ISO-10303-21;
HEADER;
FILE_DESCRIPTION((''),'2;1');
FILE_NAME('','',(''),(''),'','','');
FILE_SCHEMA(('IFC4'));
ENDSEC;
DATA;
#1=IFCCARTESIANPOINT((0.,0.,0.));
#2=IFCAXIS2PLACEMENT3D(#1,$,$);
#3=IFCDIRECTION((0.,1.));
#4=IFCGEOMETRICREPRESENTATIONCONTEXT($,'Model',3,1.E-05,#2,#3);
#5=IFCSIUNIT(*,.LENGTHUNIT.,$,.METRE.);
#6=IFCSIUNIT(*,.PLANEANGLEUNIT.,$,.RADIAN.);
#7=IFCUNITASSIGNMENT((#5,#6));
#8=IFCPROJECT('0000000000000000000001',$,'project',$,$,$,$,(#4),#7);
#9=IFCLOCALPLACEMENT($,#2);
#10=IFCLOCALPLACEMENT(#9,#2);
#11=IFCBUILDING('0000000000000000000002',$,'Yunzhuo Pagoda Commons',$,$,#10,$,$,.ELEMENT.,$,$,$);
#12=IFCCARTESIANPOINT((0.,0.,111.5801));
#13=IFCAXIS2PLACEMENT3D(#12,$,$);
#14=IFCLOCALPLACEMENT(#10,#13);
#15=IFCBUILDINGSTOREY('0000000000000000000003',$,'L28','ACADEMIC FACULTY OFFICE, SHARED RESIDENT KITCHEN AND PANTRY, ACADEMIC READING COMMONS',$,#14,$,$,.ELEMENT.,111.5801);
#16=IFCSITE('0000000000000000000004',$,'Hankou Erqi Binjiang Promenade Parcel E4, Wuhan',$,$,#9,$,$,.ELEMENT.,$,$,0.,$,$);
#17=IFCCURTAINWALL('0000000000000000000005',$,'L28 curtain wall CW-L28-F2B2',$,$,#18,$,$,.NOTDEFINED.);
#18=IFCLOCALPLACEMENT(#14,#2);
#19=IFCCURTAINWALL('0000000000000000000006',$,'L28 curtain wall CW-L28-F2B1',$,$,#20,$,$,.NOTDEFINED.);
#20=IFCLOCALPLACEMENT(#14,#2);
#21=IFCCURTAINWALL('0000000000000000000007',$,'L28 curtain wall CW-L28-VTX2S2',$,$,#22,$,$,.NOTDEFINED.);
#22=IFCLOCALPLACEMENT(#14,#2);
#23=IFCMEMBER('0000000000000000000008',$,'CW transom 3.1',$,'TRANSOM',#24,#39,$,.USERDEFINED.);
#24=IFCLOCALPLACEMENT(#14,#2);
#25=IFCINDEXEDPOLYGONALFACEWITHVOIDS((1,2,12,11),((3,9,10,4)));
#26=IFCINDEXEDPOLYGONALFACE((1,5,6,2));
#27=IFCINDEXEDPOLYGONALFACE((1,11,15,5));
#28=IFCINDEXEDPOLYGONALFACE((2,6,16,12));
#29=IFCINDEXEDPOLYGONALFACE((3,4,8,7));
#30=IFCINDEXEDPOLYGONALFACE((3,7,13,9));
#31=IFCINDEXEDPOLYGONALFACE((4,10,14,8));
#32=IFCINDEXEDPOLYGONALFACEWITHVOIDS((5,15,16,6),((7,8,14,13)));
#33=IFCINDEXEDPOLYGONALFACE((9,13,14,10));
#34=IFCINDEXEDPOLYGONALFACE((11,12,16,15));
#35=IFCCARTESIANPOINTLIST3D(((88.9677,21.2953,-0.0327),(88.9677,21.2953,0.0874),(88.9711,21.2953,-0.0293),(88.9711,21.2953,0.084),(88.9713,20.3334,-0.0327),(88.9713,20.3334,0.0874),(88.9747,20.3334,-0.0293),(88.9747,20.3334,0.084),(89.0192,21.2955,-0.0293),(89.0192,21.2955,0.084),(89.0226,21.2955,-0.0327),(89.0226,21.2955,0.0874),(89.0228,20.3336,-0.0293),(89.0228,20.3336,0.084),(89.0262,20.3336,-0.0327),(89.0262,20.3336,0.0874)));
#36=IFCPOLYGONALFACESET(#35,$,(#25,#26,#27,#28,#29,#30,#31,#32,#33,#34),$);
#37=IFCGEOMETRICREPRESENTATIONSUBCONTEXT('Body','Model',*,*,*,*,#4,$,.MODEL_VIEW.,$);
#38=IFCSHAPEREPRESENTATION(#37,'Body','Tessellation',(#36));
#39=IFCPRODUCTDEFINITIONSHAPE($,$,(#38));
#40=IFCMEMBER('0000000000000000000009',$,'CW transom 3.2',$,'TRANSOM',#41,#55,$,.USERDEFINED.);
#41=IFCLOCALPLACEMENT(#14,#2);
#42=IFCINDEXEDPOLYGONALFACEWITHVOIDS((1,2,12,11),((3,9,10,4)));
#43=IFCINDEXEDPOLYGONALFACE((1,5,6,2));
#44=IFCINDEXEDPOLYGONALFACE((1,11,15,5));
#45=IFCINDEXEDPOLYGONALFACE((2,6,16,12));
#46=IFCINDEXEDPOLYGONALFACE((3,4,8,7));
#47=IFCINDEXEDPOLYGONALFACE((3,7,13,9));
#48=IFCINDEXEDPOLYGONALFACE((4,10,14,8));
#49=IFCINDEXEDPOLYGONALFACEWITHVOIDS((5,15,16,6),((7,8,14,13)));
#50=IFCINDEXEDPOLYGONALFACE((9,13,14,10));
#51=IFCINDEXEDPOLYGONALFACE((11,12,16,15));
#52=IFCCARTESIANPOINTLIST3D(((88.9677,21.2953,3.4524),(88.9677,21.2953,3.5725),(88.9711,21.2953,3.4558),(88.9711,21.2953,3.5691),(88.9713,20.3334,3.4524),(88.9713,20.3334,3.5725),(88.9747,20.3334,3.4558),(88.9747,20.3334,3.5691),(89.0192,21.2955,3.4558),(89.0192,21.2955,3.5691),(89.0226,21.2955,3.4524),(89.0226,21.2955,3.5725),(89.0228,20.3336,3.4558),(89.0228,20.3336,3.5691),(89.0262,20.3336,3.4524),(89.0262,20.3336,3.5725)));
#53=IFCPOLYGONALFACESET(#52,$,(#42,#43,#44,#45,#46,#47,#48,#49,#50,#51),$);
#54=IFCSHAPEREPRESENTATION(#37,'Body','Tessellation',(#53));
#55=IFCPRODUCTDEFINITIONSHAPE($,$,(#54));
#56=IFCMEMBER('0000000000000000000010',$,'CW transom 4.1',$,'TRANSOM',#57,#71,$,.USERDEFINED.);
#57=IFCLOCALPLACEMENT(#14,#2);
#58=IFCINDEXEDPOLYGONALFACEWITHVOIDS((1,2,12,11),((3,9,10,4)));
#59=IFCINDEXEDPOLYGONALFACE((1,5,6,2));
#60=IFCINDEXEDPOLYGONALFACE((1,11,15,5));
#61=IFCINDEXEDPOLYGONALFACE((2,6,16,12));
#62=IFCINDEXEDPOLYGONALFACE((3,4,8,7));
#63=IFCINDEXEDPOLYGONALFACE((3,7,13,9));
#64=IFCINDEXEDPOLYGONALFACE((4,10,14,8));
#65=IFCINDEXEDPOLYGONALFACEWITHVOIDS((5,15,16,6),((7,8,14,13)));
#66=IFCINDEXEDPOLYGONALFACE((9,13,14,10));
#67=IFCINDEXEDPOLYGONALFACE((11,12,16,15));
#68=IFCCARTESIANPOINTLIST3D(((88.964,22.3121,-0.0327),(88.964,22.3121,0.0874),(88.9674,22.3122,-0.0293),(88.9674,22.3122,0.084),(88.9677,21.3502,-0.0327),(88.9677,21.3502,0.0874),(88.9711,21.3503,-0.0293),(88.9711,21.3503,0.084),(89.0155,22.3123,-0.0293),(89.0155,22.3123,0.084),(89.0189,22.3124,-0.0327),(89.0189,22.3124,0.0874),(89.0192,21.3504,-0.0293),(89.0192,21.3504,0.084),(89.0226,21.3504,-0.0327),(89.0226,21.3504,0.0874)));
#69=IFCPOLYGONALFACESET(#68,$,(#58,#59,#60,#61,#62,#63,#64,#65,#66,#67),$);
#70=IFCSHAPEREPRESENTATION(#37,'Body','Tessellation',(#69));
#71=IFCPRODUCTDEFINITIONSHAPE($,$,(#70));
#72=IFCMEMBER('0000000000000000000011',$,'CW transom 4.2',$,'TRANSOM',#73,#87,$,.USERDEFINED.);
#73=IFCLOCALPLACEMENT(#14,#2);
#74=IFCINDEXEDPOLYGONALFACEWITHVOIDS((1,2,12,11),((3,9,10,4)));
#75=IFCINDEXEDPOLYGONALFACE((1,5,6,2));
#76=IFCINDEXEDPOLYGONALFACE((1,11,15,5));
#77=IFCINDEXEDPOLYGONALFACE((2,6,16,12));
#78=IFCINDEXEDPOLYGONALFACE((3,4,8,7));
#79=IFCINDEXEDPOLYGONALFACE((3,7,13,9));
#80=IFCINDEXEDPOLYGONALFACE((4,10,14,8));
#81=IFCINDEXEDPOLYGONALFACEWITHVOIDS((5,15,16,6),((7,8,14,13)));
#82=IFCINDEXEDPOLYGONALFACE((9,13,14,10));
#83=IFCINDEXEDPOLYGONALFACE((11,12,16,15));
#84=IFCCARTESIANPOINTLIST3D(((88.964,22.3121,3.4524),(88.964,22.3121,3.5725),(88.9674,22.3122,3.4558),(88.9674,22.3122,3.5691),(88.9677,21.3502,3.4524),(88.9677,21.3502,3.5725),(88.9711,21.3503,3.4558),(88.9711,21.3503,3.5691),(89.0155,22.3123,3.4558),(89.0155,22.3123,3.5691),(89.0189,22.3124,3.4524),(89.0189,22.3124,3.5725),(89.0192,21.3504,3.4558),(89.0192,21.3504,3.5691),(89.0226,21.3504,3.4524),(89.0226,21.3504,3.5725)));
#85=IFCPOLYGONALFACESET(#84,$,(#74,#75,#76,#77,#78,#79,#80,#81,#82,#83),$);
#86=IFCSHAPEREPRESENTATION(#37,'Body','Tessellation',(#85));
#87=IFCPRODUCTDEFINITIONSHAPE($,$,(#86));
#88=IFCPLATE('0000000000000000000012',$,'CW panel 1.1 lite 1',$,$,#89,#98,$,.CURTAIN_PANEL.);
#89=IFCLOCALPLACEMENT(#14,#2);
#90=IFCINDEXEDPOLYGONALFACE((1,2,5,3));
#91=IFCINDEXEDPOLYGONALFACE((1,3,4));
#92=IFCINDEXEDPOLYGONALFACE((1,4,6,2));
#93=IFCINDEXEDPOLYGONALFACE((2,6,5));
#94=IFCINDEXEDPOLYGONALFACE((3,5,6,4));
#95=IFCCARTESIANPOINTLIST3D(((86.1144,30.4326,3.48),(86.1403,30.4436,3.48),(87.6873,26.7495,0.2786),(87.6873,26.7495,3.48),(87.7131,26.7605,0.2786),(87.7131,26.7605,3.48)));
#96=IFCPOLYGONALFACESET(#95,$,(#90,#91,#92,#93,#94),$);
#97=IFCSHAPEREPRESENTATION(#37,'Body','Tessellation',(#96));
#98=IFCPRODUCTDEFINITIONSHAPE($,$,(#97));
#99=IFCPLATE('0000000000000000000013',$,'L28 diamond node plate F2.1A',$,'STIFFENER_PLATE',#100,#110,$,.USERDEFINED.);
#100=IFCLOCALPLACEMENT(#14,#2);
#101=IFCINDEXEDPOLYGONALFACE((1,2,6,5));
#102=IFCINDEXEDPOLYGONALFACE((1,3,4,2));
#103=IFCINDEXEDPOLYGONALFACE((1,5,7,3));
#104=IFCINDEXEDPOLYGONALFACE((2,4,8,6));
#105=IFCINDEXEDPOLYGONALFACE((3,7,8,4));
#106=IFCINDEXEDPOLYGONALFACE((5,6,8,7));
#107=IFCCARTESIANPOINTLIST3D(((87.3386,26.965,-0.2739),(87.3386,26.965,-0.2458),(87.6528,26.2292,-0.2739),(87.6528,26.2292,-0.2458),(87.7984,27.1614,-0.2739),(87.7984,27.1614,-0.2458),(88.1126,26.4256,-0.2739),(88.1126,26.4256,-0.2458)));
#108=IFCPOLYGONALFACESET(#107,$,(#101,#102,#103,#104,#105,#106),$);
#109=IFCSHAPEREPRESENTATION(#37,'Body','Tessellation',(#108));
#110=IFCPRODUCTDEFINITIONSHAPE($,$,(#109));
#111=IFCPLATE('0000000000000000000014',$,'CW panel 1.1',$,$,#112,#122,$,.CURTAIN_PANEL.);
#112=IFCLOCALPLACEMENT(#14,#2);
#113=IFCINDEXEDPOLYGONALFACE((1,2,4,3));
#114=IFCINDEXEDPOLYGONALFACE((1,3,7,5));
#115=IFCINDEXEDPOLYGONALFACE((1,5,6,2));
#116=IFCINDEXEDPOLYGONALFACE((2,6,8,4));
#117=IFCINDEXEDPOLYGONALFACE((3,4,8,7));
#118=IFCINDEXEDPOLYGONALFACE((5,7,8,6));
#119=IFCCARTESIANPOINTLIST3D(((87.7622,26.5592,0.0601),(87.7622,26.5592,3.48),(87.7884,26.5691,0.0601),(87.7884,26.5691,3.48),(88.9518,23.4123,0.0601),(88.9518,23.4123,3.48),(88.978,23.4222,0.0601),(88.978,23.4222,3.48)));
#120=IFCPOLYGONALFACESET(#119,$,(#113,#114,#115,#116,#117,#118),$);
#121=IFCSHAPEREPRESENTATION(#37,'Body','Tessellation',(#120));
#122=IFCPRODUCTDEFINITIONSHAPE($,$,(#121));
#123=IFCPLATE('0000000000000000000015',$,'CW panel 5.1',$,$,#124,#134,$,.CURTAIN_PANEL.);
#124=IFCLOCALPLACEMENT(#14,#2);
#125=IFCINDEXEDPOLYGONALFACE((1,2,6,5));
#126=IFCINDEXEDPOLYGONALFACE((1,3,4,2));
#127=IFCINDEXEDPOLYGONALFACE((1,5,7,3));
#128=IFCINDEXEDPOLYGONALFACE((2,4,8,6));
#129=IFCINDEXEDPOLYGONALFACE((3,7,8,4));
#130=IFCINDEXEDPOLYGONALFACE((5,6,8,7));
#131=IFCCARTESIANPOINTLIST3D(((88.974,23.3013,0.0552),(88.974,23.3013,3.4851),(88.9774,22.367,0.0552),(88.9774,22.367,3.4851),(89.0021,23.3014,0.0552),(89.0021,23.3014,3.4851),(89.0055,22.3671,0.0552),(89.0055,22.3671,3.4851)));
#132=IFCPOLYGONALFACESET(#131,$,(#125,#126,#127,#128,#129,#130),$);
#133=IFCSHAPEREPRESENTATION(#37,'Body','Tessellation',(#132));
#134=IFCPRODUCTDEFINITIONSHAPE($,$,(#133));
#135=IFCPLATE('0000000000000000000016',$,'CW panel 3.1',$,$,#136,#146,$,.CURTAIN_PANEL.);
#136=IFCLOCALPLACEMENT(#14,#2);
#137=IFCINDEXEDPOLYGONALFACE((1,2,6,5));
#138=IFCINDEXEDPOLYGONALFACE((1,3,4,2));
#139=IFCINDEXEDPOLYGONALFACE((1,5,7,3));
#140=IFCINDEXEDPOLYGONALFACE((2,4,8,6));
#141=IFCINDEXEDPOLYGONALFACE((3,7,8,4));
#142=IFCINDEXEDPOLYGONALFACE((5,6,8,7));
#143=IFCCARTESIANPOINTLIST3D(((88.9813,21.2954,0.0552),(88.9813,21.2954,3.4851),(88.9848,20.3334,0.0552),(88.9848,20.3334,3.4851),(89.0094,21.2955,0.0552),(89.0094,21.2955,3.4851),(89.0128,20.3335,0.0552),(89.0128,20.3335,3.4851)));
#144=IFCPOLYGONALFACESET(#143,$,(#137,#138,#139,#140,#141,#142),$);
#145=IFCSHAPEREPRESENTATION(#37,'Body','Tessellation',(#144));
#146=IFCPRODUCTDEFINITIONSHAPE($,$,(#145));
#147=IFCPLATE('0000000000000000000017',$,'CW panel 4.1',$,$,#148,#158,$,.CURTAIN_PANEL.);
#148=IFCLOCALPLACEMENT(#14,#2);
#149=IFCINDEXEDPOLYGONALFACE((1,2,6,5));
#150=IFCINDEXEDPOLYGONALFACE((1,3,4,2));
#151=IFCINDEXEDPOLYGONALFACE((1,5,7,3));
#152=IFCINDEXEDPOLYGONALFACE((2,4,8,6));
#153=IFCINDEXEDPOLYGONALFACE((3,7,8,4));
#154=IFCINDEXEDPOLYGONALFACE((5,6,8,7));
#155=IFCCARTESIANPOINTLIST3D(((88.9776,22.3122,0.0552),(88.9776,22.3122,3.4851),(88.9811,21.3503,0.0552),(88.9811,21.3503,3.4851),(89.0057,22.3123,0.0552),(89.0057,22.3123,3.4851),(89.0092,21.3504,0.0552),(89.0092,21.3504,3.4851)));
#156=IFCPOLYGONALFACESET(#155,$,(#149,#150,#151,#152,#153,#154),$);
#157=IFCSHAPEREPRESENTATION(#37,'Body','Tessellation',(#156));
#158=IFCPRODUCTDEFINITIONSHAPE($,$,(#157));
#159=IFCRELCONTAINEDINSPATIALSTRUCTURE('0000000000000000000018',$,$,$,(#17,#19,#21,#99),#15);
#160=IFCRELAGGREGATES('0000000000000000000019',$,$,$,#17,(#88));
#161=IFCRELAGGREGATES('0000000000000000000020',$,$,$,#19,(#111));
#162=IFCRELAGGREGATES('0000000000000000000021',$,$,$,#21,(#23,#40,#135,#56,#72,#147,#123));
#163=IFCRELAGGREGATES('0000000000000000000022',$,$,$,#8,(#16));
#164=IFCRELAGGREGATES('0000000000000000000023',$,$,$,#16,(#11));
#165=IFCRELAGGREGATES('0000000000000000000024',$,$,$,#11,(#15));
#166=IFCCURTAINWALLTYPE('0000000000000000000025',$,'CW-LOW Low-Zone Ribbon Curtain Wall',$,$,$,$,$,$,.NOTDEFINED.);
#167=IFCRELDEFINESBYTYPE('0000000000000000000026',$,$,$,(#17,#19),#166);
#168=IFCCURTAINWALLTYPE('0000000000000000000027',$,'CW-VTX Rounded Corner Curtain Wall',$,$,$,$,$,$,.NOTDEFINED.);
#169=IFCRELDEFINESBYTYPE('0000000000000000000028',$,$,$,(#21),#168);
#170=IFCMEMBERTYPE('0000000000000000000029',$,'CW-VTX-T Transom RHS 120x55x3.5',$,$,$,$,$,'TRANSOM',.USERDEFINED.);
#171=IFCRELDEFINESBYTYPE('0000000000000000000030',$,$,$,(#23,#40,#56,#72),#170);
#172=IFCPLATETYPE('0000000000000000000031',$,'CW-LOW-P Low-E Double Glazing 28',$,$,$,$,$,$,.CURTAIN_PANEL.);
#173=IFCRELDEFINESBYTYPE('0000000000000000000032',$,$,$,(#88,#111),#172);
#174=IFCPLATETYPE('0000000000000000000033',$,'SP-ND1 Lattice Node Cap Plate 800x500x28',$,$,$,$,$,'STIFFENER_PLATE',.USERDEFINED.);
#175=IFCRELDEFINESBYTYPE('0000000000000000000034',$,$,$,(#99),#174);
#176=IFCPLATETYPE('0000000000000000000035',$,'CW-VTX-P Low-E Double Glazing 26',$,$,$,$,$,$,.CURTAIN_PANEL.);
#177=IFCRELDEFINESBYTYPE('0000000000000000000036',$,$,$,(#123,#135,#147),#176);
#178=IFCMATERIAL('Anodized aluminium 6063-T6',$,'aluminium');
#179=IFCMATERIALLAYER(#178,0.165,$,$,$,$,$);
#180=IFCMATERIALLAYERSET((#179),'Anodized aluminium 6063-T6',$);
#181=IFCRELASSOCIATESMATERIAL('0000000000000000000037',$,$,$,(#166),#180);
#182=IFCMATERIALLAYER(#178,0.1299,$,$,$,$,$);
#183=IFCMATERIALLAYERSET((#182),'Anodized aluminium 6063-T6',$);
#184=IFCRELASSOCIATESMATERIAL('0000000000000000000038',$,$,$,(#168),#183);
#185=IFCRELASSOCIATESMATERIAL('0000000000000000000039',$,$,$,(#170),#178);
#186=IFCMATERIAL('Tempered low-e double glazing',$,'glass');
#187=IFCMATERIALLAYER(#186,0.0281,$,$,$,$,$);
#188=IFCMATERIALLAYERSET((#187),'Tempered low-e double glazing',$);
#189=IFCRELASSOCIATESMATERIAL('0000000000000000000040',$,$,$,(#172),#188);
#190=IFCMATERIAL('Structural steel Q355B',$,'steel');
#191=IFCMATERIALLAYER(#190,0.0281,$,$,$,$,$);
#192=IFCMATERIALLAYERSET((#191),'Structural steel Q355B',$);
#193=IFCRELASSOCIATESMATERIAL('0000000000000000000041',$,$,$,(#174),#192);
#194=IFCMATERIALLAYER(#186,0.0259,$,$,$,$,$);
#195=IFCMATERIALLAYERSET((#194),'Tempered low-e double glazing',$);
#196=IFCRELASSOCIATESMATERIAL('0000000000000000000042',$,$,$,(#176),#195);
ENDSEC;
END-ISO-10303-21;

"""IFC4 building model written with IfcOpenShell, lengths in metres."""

from ifc_helpers import new_model, si_unit, direction, frame, origin, origin_2d, place, context, subcontext, project, spatial, polyline, rectangle, hollow_rectangle, outline, extrude, source, transform, mapped, material, layer, layer_set, material_profile, profile_set, type_object, element, aggregate, save


model = new_model("IFC4")

# Units and contexts
model_context = context("Model", 3, precision=1e-05, world=origin(), true_north=direction((0.0, 1.0)))
body_context = subcontext(model_context, "Body", "Model", "MODEL_VIEW")
ifc_project = project(units=[si_unit("LENGTHUNIT", "METRE"), si_unit("PLANEANGLEUNIT", "RADIAN")], contexts=[model_context])

# Site, building, storey
site_placement = place(None, origin())
site = spatial("IfcSite", under=ifc_project, at=site_placement, Name="Hankou Erqi Binjiang Promenade Parcel E4, Wuhan", CompositionType="ELEMENT", RefElevation=0.0)
building_placement = place(site_placement, origin())
building = spatial("IfcBuilding", under=site, at=building_placement, Name="Yunzhuo Pagoda Commons", CompositionType="ELEMENT")
storey_placement = place(building_placement, frame((0.0, 0.0, 111.5801)))
storey = spatial("IfcBuildingStorey", under=building, at=storey_placement, Name="L28", Description="ACADEMIC FACULTY OFFICE, SHARED RESIDENT KITCHEN AND PANTRY, ACADEMIC READING COMMONS", CompositionType="ELEMENT", Elevation=111.5801)

# Shared definitions
ifc_material_1 = material(Name="Structural steel Q355B", Category="steel")

# Curtain wall
ifc_material_2 = material(Name="Anodized aluminium 6063-T6", Category="aluminium")
ifc_layer_1 = layer(ifc_material_2, 0.165)
ifc_layer_set_1 = layer_set([ifc_layer_1], Name="Anodized aluminium 6063-T6")
curtain_wall_type_1 = type_object("IfcCurtainWallType", Name="CW-LOW Low-Zone Ribbon Curtain Wall", PredefinedType="NOTDEFINED", material=ifc_layer_set_1)
curtain_wall_1_placement = place(storey_placement, origin())
curtain_wall_1 = element("IfcCurtainWall", 1, at=curtain_wall_1_placement, inside=storey, type_object=curtain_wall_type_1, Name="L28 curtain wall CW-L28-F2B2", PredefinedType="NOTDEFINED")

# Curtain walls
curtain_wall_2_placement = place(storey_placement, origin())
curtain_wall_2 = element("IfcCurtainWall", 2, at=curtain_wall_2_placement, inside=storey, type_object=curtain_wall_type_1, Name="L28 curtain wall CW-L28-F2B1", PredefinedType="NOTDEFINED")
ifc_layer_2 = layer(ifc_material_2, 0.1299)
ifc_layer_set_2 = layer_set([ifc_layer_2], Name="Anodized aluminium 6063-T6")
curtain_wall_type_2 = type_object("IfcCurtainWallType", Name="CW-VTX Rounded Corner Curtain Wall", PredefinedType="NOTDEFINED", material=ifc_layer_set_2)
curtain_wall_3_placement = place(storey_placement, origin())
curtain_wall_3 = element("IfcCurtainWall", 3, at=curtain_wall_3_placement, inside=storey, type_object=curtain_wall_type_2, Name="L28 curtain wall CW-L28-VTX2S2", PredefinedType="NOTDEFINED")

# Members
ifc_material_profile_1 = material_profile(ifc_material_2, hollow_rectangle(XDim=0.0549, YDim=0.1201, WallThickness=0.0034, at=origin_2d()), Name="Anodized aluminium 6063-T6")
ifc_profile_set_1 = profile_set([ifc_material_profile_1], Name="Anodized aluminium 6063-T6")
member_type_1 = type_object("IfcMemberType", Name="CW-VTX-T Transom RHS 120x55x3.5", ElementType="TRANSOM", PredefinedType="USERDEFINED", material=ifc_profile_set_1)
shared_shape_1 = source(origin(), body_context, "Body", "SweptSolid", [
    extrude(hollow_rectangle(XDim=0.0549, YDim=0.1201, WallThickness=0.0034, at=origin_2d()), origin(), (0.0, 0.0, 1.0), 0.9619),
])
member_1_placement = place(storey_placement, frame((88.9988, 20.3335, 0.0273), z_axis=(-0.003807, 0.999993, 0.0), x_axis=(-0.999993, -0.003807, 0.0)))
member_1 = element("IfcMember", 4, at=member_1_placement, type_object=member_type_1, Name="CW transom 3.1", ObjectType="TRANSOM", PredefinedType="USERDEFINED", context=body_context, shape_type="MappedRepresentation", body=[
    mapped(shared_shape_1, transform((0.0, 0.0, 0.0), scale=1.0)),
])
member_2_placement = place(storey_placement, frame((88.9988, 20.3335, 3.5125), z_axis=(-0.003807, 0.999993, 0.0), x_axis=(-0.999993, -0.003807, 0.0)))
member_2 = element("IfcMember", 5, at=member_2_placement, type_object=member_type_1, Name="CW transom 3.2", ObjectType="TRANSOM", PredefinedType="USERDEFINED", context=body_context, shape_type="MappedRepresentation", body=[
    mapped(shared_shape_1, transform((0.0, 0.0, 0.0), scale=1.0)),
])
member_3_placement = place(storey_placement, frame((88.9951, 21.3503, 0.0273), z_axis=(-0.003807, 0.999993, 0.0), x_axis=(-0.999993, -0.003807, 0.0)))
member_3 = element("IfcMember", 6, at=member_3_placement, type_object=member_type_1, Name="CW transom 4.1", ObjectType="TRANSOM", PredefinedType="USERDEFINED", context=body_context, shape_type="MappedRepresentation", body=[
    mapped(shared_shape_1, transform((0.0, 0.0, 0.0), scale=1.0)),
])
member_4_placement = place(storey_placement, frame((88.9951, 21.3503, 3.5125), z_axis=(-0.003807, 0.999993, 0.0), x_axis=(-0.999993, -0.003807, 0.0)))
member_4 = element("IfcMember", 7, at=member_4_placement, type_object=member_type_1, Name="CW transom 4.2", ObjectType="TRANSOM", PredefinedType="USERDEFINED", context=body_context, shape_type="MappedRepresentation", body=[
    mapped(shared_shape_1, transform((0.0, 0.0, 0.0), scale=1.0)),
])

# Plates
ifc_material_3 = material(Name="Tempered low-e double glazing", Category="glass")
ifc_layer_3 = layer(ifc_material_3, 0.0281)
ifc_layer_set_3 = layer_set([ifc_layer_3], Name="Tempered low-e double glazing")
plate_type_1 = type_object("IfcPlateType", Name="CW-LOW-P Low-E Double Glazing 28", PredefinedType="CURTAIN_PANEL", material=ifc_layer_set_3)
plate_1_placement = place(storey_placement, frame((86.9009, 28.5911, 1.8792), z_axis=(0.919649, 0.392742, 0.0), x_axis=(-0.392742, 0.919649, 0.0)))
plate_1 = element("IfcPlate", 8, at=plate_1_placement, type_object=plate_type_1, Name="CW panel 1.1 lite 1", PredefinedType="CURTAIN_PANEL", context=body_context, shape_type="SweptSolid", body=[
    extrude(outline(polyline([(-2.0024, -1.6006), (2.0024, 1.6008), (-2.0024, 1.6008), (-2.0024, -1.6006)])), origin(), (0.0, 0.0, 1.0), 0.0281),
])
aggregate(curtain_wall_1, [plate_1])
ifc_layer_4 = layer(ifc_material_1, 0.0281)
ifc_layer_set_4 = layer_set([ifc_layer_4], Name="Structural steel Q355B")
plate_type_2 = type_object("IfcPlateType", Name="SP-ND1 Lattice Node Cap Plate 800x500x28", ElementType="STIFFENER_PLATE", PredefinedType="USERDEFINED", material=ifc_layer_set_4)
shared_shape_2 = source(origin(), body_context, "Body", "SweptSolid", [
    extrude(rectangle(XDim=0.8, YDim=0.5, at=origin_2d()), origin(), (0.0, 0.0, 1.0), 0.0281),
])
plate_2_placement = place(storey_placement, frame((87.7256, 26.6953, -0.2739), z_axis=(0.0, 0.0, 1.0), x_axis=(-0.392738, 0.91965, 0.0)))
element("IfcPlate", 9, at=plate_2_placement, inside=storey, type_object=plate_type_2, Name="L28 diamond node plate F2.1A", ObjectType="STIFFENER_PLATE", PredefinedType="USERDEFINED", context=body_context, shape_type="MappedRepresentation", body=[
    mapped(shared_shape_2, transform((0.0, 0.0, 0.0), scale=1.0)),
])
shared_shape_3 = source(origin(), body_context, "Body", "SweptSolid", [
    extrude(rectangle(XDim=3.3643, YDim=0.0281, at=origin_2d()), origin(), (0.0, 0.0, 1.0), 3.4199),
])
plate_3_placement = place(storey_placement, frame((88.3701, 24.9907, 0.0601), z_axis=(0.0, 0.0, 1.0), x_axis=(-0.3536, 0.935397, 0.0)))
plate_3 = element("IfcPlate", 10, at=plate_3_placement, type_object=plate_type_1, Name="CW panel 1.1", PredefinedType="CURTAIN_PANEL", context=body_context, shape_type="MappedRepresentation", body=[
    mapped(shared_shape_3, transform((0.0, 0.0, 0.0), scale=1.0)),
])
aggregate(curtain_wall_2, [plate_3])
ifc_layer_5 = layer(ifc_material_3, 0.0259)
ifc_layer_set_5 = layer_set([ifc_layer_5], Name="Tempered low-e double glazing")
plate_type_3 = type_object("IfcPlateType", Name="CW-VTX-P Low-E Double Glazing 26", PredefinedType="CURTAIN_PANEL", material=ifc_layer_set_5)
shared_shape_4 = source(origin(), body_context, "Body", "SweptSolid", [
    extrude(rectangle(XDim=0.9343, YDim=0.0281, at=origin_2d()), origin(), (0.0, 0.0, 1.0), 3.4299),
])
plate_4_placement = place(storey_placement, frame((88.9897, 22.8342, 0.0552), z_axis=(0.0, 0.0, 1.0), x_axis=(-0.003599, 0.999994, 0.0)))
plate_4 = element("IfcPlate", 11, at=plate_4_placement, type_object=plate_type_3, Name="CW panel 5.1", PredefinedType="CURTAIN_PANEL", context=body_context, shape_type="MappedRepresentation", body=[
    mapped(shared_shape_4, transform((0.0, 0.0, 0.0), scale=1.0)),
])
shared_shape_5 = source(origin(), body_context, "Body", "SweptSolid", [
    extrude(rectangle(XDim=0.9619, YDim=0.0281, at=origin_2d()), origin(), (0.0, 0.0, 1.0), 3.4299),
])
plate_5_placement = place(storey_placement, frame((88.9971, 20.8145, 0.0552), z_axis=(0.0, 0.0, 1.0), x_axis=(-0.003599, 0.999994, 0.0)))
plate_5 = element("IfcPlate", 12, at=plate_5_placement, type_object=plate_type_3, Name="CW panel 3.1", PredefinedType="CURTAIN_PANEL", context=body_context, shape_type="MappedRepresentation", body=[
    mapped(shared_shape_5, transform((0.0, 0.0, 0.0), scale=1.0)),
])
plate_6_placement = place(storey_placement, frame((88.9934, 21.8313, 0.0552), z_axis=(0.0, 0.0, 1.0), x_axis=(-0.003599, 0.999994, 0.0)))
plate_6 = element("IfcPlate", 13, at=plate_6_placement, type_object=plate_type_3, Name="CW panel 4.1", PredefinedType="CURTAIN_PANEL", context=body_context, shape_type="MappedRepresentation", body=[
    mapped(shared_shape_5, transform((0.0, 0.0, 0.0), scale=1.0)),
])
aggregate(curtain_wall_3, [member_1, member_2, plate_5, member_3, member_4, plate_6, plate_4])

save(model, "model.ifc")
